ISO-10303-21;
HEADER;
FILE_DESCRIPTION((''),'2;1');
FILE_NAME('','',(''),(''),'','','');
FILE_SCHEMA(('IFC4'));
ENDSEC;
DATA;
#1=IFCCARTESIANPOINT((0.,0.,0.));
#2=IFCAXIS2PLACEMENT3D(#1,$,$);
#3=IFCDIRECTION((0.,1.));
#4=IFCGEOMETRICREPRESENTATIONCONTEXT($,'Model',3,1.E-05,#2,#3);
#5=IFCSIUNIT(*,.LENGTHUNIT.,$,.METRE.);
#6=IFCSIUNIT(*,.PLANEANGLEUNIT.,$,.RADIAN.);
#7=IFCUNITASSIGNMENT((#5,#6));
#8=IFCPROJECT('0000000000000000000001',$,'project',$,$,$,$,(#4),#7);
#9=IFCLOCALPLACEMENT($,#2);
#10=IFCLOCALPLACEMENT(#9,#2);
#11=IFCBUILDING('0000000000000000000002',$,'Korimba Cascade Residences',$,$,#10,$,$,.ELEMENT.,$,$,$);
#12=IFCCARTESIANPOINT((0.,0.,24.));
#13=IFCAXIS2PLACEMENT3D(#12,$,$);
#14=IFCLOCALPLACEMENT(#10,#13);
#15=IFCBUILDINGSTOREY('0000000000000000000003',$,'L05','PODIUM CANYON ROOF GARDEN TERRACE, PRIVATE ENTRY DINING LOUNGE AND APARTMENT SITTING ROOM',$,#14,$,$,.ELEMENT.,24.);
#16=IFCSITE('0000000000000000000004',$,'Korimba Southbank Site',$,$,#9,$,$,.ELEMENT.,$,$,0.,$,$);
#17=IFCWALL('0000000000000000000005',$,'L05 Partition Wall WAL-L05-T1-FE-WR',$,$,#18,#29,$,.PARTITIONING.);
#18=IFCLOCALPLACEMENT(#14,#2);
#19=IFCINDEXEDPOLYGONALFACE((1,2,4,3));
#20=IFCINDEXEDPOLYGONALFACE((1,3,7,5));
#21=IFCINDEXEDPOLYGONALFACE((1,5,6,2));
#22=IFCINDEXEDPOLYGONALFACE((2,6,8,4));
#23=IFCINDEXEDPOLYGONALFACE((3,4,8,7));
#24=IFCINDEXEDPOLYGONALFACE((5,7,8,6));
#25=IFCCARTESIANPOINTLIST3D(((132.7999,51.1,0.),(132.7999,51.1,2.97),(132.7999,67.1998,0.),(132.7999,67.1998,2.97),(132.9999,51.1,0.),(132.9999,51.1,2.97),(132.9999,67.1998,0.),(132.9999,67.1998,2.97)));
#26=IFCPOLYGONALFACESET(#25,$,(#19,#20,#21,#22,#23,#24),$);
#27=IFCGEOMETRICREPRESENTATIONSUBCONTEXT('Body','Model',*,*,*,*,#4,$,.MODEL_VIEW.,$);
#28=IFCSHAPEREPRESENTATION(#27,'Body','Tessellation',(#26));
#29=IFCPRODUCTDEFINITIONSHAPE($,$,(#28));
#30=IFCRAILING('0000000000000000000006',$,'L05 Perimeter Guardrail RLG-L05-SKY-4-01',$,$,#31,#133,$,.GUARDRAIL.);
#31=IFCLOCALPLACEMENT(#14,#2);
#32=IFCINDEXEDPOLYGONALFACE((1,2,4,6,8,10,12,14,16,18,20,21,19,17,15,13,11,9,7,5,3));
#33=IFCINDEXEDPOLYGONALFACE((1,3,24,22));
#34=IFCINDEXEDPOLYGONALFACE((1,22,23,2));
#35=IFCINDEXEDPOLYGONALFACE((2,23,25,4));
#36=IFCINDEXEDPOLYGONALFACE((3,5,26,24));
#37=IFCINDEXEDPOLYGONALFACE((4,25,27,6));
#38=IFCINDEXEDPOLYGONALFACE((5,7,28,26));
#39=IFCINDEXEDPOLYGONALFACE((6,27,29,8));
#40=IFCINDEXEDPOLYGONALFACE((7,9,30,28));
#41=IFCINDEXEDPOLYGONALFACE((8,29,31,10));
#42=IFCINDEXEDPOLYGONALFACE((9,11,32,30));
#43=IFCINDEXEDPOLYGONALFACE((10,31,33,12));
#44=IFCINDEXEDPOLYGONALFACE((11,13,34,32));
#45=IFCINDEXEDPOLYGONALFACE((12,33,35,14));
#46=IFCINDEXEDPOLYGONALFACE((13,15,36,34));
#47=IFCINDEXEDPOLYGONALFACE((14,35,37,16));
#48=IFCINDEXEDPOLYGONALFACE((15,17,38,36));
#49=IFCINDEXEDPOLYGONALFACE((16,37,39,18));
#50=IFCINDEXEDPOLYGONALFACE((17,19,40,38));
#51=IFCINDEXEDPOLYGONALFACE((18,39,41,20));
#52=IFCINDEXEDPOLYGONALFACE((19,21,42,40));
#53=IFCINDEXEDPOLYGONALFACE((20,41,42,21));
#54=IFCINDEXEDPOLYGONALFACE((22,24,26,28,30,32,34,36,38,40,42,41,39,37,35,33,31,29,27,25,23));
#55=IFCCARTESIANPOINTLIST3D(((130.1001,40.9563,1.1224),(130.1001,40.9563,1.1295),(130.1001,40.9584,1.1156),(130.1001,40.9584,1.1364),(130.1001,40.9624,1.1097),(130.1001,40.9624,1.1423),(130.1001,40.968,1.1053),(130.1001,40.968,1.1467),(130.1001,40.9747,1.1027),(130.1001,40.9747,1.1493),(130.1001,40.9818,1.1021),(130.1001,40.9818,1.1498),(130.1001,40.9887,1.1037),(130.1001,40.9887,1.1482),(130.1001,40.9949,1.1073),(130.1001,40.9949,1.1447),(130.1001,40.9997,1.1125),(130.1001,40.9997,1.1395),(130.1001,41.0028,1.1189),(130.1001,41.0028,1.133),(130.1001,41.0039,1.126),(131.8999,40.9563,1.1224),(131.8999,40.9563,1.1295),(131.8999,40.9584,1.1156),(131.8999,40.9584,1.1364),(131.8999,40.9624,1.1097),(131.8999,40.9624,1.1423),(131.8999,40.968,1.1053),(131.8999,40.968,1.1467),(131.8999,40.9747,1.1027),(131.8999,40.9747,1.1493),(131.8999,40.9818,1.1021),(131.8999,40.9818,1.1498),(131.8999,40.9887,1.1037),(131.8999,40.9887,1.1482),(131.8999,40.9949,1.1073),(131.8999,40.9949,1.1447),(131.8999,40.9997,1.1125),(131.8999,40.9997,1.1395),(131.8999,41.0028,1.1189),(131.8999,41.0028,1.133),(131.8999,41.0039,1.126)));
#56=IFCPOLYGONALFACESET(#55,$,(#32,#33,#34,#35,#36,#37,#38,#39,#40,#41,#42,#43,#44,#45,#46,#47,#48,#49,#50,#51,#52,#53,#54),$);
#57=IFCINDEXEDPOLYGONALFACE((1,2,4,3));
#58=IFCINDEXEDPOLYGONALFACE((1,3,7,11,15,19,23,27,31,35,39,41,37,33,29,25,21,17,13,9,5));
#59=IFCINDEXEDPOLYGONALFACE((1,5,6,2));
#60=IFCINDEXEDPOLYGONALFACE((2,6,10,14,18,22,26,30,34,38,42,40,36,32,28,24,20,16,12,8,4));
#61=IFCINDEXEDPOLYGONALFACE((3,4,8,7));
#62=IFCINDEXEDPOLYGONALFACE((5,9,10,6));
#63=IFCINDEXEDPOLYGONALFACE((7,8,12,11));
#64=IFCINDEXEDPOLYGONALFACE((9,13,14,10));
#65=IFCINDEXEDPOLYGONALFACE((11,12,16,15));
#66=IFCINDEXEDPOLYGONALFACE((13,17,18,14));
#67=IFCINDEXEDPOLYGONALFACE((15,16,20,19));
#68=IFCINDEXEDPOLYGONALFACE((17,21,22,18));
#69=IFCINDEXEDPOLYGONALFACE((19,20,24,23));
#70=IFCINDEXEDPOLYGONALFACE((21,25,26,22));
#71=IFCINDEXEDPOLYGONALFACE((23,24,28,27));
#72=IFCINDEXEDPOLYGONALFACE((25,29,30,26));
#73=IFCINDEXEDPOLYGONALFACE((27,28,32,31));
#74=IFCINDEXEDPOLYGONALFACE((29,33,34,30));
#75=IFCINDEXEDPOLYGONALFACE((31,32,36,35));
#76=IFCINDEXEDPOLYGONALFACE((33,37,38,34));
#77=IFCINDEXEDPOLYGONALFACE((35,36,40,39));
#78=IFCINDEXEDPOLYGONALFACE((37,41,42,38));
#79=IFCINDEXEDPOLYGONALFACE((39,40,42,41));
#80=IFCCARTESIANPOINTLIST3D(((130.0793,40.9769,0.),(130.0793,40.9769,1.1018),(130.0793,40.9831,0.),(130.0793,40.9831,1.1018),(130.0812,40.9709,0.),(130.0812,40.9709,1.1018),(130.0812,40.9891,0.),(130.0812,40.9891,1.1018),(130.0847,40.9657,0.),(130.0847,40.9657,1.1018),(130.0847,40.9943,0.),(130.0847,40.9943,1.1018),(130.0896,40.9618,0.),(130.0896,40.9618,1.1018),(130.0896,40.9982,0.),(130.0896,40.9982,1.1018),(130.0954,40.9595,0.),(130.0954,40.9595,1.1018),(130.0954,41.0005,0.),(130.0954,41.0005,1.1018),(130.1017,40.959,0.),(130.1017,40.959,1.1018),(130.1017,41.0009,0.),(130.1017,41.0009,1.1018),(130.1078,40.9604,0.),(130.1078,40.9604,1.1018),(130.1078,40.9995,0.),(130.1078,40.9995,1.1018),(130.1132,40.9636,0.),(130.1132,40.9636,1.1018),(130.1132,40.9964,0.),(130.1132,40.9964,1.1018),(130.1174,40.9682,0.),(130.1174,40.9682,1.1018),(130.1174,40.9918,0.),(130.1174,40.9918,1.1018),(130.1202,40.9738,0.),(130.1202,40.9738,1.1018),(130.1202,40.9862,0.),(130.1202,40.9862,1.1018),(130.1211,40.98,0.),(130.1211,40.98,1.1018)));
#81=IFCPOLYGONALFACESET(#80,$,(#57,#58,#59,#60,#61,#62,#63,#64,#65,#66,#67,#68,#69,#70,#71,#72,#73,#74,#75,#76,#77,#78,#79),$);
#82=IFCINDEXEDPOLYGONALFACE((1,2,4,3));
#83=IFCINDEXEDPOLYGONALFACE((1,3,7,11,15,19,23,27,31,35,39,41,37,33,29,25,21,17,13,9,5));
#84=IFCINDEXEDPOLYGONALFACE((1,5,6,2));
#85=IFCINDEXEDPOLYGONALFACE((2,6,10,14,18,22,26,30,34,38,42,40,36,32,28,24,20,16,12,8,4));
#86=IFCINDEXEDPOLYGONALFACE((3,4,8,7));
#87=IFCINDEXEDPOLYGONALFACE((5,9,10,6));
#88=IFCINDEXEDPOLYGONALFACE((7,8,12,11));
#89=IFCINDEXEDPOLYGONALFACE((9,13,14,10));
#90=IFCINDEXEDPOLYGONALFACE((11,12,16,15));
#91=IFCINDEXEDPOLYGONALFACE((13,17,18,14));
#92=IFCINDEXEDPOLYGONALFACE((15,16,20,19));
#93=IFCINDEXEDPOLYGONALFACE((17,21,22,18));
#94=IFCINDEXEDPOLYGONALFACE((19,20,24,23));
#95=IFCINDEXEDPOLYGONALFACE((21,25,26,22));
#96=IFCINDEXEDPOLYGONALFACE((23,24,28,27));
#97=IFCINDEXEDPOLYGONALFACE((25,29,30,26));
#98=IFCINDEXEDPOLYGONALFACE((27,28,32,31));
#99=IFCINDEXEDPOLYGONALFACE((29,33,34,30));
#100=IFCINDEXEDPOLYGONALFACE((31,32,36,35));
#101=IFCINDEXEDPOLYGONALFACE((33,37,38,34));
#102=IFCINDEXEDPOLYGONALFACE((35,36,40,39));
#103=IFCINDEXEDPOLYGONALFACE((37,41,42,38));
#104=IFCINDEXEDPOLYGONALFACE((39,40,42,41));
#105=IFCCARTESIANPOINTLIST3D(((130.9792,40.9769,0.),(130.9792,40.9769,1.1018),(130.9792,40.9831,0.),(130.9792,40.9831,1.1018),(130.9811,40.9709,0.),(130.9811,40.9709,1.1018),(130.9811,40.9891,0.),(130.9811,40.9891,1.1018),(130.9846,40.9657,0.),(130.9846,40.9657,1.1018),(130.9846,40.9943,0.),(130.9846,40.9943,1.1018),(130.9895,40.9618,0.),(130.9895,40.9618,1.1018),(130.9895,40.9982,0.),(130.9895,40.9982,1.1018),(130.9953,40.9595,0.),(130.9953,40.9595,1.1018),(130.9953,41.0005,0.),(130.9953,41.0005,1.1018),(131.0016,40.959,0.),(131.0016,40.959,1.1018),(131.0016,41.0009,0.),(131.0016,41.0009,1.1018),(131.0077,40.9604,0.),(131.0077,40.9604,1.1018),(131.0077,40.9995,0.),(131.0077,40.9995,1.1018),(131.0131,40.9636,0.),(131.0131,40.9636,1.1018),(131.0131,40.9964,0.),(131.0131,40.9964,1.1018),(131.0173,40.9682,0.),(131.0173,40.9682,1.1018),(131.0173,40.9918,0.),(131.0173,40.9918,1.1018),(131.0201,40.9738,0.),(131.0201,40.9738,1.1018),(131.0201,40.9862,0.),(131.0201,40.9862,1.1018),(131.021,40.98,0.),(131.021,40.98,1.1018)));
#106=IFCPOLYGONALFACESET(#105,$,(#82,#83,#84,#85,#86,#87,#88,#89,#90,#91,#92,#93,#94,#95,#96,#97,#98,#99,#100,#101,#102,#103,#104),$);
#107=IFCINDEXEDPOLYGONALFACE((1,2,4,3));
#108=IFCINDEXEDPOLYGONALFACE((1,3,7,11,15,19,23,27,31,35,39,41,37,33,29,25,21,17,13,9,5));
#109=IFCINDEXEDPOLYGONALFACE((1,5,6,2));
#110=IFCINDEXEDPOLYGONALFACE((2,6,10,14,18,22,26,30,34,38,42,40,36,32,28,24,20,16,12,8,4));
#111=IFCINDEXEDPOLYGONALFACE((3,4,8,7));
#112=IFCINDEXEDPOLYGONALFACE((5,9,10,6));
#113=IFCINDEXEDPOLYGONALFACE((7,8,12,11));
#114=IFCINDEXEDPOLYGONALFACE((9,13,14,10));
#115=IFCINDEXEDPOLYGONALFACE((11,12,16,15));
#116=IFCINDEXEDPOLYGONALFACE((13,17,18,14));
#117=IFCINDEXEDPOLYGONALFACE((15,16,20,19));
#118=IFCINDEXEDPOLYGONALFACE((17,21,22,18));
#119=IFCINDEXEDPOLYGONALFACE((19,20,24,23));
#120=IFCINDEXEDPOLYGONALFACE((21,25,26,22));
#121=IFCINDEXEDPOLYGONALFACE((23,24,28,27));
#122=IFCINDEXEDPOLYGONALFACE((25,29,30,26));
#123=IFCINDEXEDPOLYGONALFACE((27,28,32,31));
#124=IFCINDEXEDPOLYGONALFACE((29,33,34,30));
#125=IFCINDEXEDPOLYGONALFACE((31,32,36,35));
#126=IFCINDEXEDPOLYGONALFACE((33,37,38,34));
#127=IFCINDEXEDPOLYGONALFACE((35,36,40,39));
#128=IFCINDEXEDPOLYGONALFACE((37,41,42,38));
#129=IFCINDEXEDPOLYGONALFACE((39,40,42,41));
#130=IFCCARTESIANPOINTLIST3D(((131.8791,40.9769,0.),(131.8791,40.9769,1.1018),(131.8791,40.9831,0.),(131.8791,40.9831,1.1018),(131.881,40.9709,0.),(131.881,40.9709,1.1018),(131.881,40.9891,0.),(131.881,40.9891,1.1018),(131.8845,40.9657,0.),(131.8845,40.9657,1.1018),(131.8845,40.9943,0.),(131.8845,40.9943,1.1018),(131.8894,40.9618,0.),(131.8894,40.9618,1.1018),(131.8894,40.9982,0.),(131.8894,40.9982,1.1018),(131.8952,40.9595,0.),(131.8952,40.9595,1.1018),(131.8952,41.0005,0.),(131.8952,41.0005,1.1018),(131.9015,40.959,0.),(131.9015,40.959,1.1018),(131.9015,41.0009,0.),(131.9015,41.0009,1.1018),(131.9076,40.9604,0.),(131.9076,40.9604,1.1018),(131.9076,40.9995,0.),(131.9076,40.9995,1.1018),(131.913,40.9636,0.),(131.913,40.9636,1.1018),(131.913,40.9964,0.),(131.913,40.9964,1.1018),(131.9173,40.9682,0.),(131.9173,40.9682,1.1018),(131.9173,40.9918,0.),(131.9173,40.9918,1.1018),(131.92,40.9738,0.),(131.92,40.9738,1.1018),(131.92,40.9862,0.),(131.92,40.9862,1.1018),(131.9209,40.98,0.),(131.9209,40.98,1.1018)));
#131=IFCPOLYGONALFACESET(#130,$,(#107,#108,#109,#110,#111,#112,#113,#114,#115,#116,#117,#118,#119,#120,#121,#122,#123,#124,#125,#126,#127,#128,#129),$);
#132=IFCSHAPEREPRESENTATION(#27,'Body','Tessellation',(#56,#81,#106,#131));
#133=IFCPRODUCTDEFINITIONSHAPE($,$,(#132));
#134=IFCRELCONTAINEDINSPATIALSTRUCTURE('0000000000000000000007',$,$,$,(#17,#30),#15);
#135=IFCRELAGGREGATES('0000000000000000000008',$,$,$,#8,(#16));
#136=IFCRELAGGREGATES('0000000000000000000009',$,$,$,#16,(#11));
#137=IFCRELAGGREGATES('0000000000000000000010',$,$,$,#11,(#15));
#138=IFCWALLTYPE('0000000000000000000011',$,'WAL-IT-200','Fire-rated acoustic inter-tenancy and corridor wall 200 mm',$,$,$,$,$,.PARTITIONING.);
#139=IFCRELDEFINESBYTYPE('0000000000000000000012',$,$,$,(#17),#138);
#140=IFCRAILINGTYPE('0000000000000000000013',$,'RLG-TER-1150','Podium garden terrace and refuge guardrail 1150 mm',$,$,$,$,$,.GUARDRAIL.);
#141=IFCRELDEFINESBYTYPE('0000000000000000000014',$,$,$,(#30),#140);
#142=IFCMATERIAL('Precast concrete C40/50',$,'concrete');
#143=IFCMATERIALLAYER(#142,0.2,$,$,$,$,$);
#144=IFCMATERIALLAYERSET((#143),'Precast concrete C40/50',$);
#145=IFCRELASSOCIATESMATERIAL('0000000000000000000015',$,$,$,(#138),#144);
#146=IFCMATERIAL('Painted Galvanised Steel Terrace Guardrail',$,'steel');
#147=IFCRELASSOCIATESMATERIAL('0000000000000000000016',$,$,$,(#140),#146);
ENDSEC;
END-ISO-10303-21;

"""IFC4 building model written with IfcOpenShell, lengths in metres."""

from ifc_helpers import new_model, si_unit, direction, frame, frame_2d, origin, origin_2d, place, context, subcontext, project, spatial, rectangle, circle, extrude, material, layer, layer_set, type_object, element, save


model = new_model("IFC4")

# Units and contexts
model_context = context("Model", 3, precision=1e-05, world=origin(), true_north=direction((0.0, 1.0)))
body_context = subcontext(model_context, "Body", "Model", "MODEL_VIEW")
ifc_project = project(units=[si_unit("LENGTHUNIT", "METRE"), si_unit("PLANEANGLEUNIT", "RADIAN")], contexts=[model_context])

# Site, building, storey
site_placement = place(None, origin())
site = spatial("IfcSite", under=ifc_project, at=site_placement, Name="Korimba Southbank Site", CompositionType="ELEMENT", RefElevation=0.0)
building_placement = place(site_placement, origin())
building = spatial("IfcBuilding", under=site, at=building_placement, Name="Korimba Cascade Residences", CompositionType="ELEMENT")
storey_placement = place(building_placement, frame((0.0, 0.0, 24.0)))
storey = spatial("IfcBuildingStorey", under=building, at=storey_placement, Name="L05", Description="PODIUM CANYON ROOF GARDEN TERRACE, PRIVATE ENTRY DINING LOUNGE AND APARTMENT SITTING ROOM", CompositionType="ELEMENT", Elevation=24.0)

# Shared definitions
ifc_material_1 = material(Name="Precast concrete C40/50", Category="concrete")

# Wall
ifc_layer_1 = layer(ifc_material_1, 0.2)
ifc_layer_set_1 = layer_set([ifc_layer_1], Name="Precast concrete C40/50")
wall_type_1 = type_object("IfcWallType", Name="WAL-IT-200", Description="Fire-rated acoustic inter-tenancy and corridor wall 200 mm", PredefinedType="PARTITIONING", material=ifc_layer_set_1)
wall_1_placement = place(storey_placement, frame((132.8999, 51.1001, 0.0), z_axis=(0.0, 0.0, 1.0), x_axis=(0.0, 1.0, 0.0)))
element("IfcWall", 1, at=wall_1_placement, inside=storey, type_object=wall_type_1, Name="L05 Partition Wall WAL-L05-T1-FE-WR", PredefinedType="PARTITIONING", context=body_context, shape_type="SweptSolid", body=[
    extrude(rectangle(XDim=16.0999, YDim=0.2, at=frame_2d((8.0498, 0.0))), origin(), (0.0, 0.0, 1.0), 2.97),
])

# Railing
ifc_material_2 = material(Name="Painted Galvanised Steel Terrace Guardrail", Category="steel")
railing_type = type_object("IfcRailingType", Name="RLG-TER-1150", Description="Podium garden terrace and refuge guardrail 1150 mm", PredefinedType="GUARDRAIL", material=ifc_material_2)
railing_1_placement = place(storey_placement, frame((130.1001, 40.98, 0.0)))
element("IfcRailing", 2, at=railing_1_placement, inside=storey, type_object=railing_type, Name="L05 Perimeter Guardrail RLG-L05-SKY-4-01", PredefinedType="GUARDRAIL", context=body_context, shape_type="SweptSolid", body=[
    extrude(circle(Radius=0.0239, at=origin_2d()), frame((0.0, 0.0, 1.126), z_axis=(1.0, 0.0, 0.0), x_axis=(0.0, 1.0, 0.0)), (0.0, 0.0, 1.0), 1.7998),
    extrude(circle(Radius=0.021, at=origin_2d()), origin(), (0.0, 0.0, 1.0), 1.1018),
    extrude(circle(Radius=0.021, at=origin_2d()), frame((0.8999, 0.0, 0.0)), (0.0, 0.0, 1.0), 1.1018),
    extrude(circle(Radius=0.021, at=origin_2d()), frame((1.7998, 0.0, 0.0)), (0.0, 0.0, 1.0), 1.1018),
])

save(model, "model.ifc")
